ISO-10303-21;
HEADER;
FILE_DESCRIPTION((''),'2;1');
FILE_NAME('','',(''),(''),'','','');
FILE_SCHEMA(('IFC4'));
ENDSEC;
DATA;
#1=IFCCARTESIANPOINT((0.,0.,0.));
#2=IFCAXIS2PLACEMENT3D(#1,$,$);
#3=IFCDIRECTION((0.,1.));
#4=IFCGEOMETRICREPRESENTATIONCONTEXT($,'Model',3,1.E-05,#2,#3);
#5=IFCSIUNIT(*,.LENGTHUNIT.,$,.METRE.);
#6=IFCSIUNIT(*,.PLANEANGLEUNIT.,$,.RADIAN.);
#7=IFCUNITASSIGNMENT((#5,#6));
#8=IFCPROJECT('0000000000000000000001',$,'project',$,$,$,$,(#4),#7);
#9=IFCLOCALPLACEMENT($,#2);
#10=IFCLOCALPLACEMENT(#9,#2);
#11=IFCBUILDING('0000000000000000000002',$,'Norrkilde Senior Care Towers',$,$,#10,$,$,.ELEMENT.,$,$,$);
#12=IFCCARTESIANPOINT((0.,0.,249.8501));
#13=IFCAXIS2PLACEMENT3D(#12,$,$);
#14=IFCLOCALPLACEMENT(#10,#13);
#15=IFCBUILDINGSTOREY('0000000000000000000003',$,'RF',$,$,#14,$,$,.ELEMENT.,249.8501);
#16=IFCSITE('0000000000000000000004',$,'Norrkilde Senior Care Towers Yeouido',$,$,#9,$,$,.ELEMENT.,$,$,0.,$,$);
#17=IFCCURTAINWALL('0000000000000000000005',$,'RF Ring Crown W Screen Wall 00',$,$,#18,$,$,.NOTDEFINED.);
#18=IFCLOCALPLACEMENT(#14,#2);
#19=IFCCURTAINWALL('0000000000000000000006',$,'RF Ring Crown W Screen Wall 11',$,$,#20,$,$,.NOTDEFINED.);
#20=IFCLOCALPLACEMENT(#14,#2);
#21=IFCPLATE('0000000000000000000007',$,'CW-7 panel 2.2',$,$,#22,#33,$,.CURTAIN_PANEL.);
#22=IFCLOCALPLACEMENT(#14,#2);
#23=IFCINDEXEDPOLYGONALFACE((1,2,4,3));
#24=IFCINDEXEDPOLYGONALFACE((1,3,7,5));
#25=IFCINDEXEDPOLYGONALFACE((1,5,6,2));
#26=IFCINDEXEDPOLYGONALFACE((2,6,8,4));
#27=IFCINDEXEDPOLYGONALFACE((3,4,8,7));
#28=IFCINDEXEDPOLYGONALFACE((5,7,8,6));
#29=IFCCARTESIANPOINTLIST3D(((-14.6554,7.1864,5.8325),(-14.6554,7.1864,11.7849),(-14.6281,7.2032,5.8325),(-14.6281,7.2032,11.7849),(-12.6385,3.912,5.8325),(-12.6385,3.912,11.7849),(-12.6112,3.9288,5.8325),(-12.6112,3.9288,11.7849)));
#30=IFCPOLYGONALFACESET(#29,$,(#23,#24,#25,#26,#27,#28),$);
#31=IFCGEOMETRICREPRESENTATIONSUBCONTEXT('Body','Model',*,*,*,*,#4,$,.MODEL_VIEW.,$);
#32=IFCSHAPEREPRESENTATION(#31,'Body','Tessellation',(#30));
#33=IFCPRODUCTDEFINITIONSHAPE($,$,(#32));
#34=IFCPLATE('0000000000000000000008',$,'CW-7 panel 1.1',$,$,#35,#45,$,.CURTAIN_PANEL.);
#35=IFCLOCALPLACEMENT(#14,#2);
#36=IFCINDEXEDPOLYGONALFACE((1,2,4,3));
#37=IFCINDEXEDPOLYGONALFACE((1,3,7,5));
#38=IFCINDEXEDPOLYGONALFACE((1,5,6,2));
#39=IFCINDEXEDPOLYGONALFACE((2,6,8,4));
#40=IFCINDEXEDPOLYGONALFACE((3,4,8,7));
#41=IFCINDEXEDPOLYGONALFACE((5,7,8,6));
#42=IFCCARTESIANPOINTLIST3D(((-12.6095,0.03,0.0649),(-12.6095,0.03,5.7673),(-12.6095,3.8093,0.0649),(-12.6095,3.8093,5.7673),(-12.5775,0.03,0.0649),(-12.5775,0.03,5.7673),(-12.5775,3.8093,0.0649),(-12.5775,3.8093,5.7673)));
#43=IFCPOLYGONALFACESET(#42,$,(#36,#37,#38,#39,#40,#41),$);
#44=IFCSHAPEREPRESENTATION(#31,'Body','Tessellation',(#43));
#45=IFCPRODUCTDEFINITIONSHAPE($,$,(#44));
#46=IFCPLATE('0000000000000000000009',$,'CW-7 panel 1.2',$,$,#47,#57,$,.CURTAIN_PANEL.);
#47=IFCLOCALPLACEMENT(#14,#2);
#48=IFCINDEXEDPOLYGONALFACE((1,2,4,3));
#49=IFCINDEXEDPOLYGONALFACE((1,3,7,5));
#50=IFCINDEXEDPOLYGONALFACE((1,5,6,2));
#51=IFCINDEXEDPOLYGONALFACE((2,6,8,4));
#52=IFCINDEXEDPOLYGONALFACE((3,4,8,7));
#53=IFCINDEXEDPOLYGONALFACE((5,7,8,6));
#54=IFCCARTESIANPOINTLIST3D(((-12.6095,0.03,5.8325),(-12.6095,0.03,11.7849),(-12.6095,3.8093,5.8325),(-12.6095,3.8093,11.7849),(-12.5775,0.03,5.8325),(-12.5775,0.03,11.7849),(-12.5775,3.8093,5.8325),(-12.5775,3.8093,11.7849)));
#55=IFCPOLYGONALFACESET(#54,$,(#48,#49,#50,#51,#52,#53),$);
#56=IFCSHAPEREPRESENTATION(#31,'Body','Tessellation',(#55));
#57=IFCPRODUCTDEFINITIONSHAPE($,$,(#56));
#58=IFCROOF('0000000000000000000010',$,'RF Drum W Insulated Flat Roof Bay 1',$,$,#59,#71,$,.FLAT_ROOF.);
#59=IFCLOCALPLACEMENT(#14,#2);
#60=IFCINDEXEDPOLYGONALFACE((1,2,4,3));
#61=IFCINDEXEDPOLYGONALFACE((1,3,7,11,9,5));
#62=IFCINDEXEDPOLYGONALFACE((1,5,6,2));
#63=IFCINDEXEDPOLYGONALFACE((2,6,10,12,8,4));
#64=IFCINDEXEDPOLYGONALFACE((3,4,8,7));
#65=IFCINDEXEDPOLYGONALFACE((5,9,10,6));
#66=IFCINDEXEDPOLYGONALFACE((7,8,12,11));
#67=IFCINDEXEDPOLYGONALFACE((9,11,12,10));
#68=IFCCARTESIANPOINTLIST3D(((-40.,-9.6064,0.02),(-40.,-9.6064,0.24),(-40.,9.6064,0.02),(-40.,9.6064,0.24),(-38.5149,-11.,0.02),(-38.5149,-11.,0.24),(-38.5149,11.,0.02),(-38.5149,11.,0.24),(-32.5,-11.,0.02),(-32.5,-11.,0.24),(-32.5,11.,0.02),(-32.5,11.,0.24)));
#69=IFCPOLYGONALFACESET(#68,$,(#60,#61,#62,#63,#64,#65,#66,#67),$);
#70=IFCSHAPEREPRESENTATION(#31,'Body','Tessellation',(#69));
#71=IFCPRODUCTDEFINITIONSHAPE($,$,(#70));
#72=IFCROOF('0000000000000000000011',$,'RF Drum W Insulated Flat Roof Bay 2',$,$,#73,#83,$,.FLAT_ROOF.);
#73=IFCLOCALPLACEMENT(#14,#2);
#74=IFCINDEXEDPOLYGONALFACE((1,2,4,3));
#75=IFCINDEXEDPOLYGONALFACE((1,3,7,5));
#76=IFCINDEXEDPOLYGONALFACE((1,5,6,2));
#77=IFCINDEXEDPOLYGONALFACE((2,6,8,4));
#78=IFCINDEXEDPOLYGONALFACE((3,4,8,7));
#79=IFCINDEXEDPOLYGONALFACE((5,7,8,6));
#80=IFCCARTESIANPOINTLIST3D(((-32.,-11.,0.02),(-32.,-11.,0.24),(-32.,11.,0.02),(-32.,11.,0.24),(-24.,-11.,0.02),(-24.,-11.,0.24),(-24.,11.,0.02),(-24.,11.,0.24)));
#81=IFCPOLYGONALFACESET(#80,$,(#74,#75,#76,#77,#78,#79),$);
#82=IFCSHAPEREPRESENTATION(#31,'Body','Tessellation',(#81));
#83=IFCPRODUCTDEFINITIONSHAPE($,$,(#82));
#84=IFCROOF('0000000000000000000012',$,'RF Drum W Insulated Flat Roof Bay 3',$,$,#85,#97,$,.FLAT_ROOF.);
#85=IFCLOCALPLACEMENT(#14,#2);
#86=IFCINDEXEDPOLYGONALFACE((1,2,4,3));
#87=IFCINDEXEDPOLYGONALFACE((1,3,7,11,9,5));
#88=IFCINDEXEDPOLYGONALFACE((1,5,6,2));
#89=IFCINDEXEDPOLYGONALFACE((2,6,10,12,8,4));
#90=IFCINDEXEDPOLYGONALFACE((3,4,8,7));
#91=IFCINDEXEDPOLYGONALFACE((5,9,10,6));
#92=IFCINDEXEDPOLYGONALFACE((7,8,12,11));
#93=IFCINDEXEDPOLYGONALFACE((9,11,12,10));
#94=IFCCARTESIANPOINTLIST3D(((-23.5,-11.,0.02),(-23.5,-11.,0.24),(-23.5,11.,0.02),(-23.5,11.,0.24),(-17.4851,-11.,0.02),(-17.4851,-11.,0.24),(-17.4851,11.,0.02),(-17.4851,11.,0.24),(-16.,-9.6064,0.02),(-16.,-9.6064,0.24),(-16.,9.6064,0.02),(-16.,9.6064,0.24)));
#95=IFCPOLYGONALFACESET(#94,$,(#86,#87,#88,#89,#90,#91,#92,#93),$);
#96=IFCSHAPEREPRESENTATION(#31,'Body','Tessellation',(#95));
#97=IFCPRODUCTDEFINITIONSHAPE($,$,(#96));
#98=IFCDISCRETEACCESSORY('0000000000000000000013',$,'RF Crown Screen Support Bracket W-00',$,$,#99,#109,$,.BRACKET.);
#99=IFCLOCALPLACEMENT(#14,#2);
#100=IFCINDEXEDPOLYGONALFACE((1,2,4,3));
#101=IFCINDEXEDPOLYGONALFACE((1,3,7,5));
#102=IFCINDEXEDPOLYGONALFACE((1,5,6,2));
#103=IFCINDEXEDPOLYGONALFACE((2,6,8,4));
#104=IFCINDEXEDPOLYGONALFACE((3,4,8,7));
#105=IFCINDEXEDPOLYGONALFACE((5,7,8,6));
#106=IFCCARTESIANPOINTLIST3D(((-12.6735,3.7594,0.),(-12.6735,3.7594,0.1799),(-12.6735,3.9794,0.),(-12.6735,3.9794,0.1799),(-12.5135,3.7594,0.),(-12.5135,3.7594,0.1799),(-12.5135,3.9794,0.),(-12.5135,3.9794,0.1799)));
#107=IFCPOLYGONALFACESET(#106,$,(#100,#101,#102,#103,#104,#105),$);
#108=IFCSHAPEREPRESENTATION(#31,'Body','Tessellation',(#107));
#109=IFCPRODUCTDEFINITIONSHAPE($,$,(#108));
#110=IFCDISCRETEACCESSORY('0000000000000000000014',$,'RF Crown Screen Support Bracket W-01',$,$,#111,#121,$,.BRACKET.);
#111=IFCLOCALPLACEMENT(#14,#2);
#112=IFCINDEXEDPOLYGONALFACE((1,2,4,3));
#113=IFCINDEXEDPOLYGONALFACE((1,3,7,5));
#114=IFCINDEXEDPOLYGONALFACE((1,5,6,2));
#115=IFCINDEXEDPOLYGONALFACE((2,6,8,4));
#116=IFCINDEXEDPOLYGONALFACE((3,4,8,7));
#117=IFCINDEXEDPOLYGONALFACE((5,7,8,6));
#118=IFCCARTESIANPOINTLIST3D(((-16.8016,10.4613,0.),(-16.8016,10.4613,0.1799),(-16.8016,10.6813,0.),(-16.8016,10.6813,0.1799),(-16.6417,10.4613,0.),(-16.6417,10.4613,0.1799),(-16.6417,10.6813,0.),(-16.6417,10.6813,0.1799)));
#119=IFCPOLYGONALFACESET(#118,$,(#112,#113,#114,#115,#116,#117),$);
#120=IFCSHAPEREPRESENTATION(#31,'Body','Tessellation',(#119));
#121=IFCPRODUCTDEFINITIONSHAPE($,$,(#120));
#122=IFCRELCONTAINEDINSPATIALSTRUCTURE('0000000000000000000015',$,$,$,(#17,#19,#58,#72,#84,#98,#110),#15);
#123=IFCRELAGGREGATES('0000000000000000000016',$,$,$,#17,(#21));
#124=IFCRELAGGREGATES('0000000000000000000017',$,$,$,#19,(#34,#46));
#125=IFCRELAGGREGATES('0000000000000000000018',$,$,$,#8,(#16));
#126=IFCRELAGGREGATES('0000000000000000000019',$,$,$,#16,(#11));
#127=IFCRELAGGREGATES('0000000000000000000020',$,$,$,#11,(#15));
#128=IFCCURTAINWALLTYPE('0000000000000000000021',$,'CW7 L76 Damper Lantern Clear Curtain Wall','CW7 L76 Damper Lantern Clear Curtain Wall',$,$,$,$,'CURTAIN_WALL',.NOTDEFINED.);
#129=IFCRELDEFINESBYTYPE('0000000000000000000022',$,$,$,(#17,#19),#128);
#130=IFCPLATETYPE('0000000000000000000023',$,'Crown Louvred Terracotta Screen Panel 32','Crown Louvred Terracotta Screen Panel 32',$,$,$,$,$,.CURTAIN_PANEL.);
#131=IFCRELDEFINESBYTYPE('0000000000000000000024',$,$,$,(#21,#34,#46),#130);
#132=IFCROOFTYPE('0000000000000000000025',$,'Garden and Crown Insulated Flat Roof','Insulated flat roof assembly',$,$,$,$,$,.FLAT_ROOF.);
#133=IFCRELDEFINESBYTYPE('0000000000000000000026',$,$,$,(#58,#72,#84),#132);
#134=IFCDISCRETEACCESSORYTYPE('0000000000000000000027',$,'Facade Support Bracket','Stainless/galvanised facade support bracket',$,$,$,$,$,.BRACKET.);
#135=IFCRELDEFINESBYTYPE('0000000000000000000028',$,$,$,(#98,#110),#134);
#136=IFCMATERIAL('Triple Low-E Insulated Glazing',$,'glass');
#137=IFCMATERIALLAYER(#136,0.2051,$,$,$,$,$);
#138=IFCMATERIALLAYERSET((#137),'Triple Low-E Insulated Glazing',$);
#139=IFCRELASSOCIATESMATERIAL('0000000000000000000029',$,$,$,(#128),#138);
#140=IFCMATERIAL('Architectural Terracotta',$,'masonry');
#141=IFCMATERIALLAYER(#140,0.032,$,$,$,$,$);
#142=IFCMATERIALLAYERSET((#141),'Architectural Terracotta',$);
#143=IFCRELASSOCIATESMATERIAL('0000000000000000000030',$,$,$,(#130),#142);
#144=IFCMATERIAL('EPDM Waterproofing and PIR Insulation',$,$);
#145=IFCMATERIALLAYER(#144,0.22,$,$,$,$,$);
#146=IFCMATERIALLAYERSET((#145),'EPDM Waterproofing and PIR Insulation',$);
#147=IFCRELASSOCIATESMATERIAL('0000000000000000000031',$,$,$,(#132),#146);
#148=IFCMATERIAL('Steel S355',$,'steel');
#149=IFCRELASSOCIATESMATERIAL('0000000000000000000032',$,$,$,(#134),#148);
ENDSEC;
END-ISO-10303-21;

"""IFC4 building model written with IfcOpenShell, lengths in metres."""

from ifc_helpers import new_model, si_unit, direction, frame, origin, origin_2d, place, context, subcontext, project, spatial, polyline, rectangle, outline, extrude, source, transform, mapped, material, layer, layer_set, type_object, type_shapes, element, aggregate, save


model = new_model("IFC4")

# Units and contexts
model_context = context("Model", 3, precision=1e-05, world=origin(), true_north=direction((0.0, 1.0)))
body_context = subcontext(model_context, "Body", "Model", "MODEL_VIEW")
ifc_project = project(units=[si_unit("LENGTHUNIT", "METRE"), si_unit("PLANEANGLEUNIT", "RADIAN")], contexts=[model_context])

# Site, building, storey
site_placement = place(None, origin())
site = spatial("IfcSite", under=ifc_project, at=site_placement, Name="Norrkilde Senior Care Towers Yeouido", CompositionType="ELEMENT", RefElevation=0.0)
building_placement = place(site_placement, origin())
building = spatial("IfcBuilding", under=site, at=building_placement, Name="Norrkilde Senior Care Towers", CompositionType="ELEMENT")
storey_placement = place(building_placement, frame((0.0, 0.0, 249.8501)))
storey = spatial("IfcBuildingStorey", under=building, at=storey_placement, Name="RF", CompositionType="ELEMENT", Elevation=249.8501)

# Shared definitions
ifc_material_1 = material(Name="Steel S355", Category="steel")

# Curtain wall
ifc_material_2 = material(Name="Triple Low-E Insulated Glazing", Category="glass")
ifc_layer_1 = layer(ifc_material_2, 0.2051)
ifc_layer_set_1 = layer_set([ifc_layer_1], Name="Triple Low-E Insulated Glazing")
curtain_wall_type = type_object("IfcCurtainWallType", Name="CW7 L76 Damper Lantern Clear Curtain Wall", Description="CW7 L76 Damper Lantern Clear Curtain Wall", ElementType="CURTAIN_WALL", PredefinedType="NOTDEFINED", material=ifc_layer_set_1)
curtain_wall_1_placement = place(storey_placement, origin())
curtain_wall_1 = element("IfcCurtainWall", 1, at=curtain_wall_1_placement, inside=storey, type_object=curtain_wall_type, Name="RF Ring Crown W Screen Wall 00", PredefinedType="NOTDEFINED")

# Curtain wall
curtain_wall_2_placement = place(storey_placement, origin())
curtain_wall_2 = element("IfcCurtainWall", 2, at=curtain_wall_2_placement, inside=storey, type_object=curtain_wall_type, Name="RF Ring Crown W Screen Wall 11", PredefinedType="NOTDEFINED")

# Plates
ifc_material_3 = material(Name="Architectural Terracotta", Category="masonry")
ifc_layer_2 = layer(ifc_material_3, 0.032)
ifc_layer_set_2 = layer_set([ifc_layer_2], Name="Architectural Terracotta")
plate_type = type_object("IfcPlateType", Name="Crown Louvred Terracotta Screen Panel 32", Description="Crown Louvred Terracotta Screen Panel 32", PredefinedType="CURTAIN_PANEL", material=ifc_layer_set_2)
shared_shape_1 = source(origin(), body_context, "Body", "SweptSolid", [
    extrude(rectangle(XDim=3.8457, YDim=0.032, at=origin_2d()), origin(), (0.0, 0.0, 1.0), 5.9524),
])
plate_1_placement = place(storey_placement, frame((-13.6333, 5.5576, 5.8325), z_axis=(0.0, 0.0, 1.0), x_axis=(0.524458, -0.851436, 0.0)))
plate_1 = element("IfcPlate", 3, at=plate_1_placement, type_object=plate_type, Name="CW-7 panel 2.2", PredefinedType="CURTAIN_PANEL", context=body_context, shape_type="MappedRepresentation", body=[
    mapped(shared_shape_1, transform((0.0, 0.0, 0.0), x_axis=(1.0, 0.0, 0.0), y_axis=(0.0, 1.0, 0.0), z_axis=(0.0, 0.0, 1.0), scale=1.0)),
])
aggregate(curtain_wall_1, [plate_1])
shared_shape_2 = source(origin(), body_context, "Body", "SweptSolid", [
    extrude(rectangle(XDim=3.7793, YDim=0.032, at=origin_2d()), origin(), (0.0, 0.0, 1.0), 5.7024),
])
plate_2_placement = place(storey_placement, frame((-12.5935, 1.9197, 0.0649), z_axis=(0.0, 0.0, 1.0), x_axis=(0.0, -1.0, 0.0)))
plate_2 = element("IfcPlate", 4, at=plate_2_placement, type_object=plate_type, Name="CW-7 panel 1.1", PredefinedType="CURTAIN_PANEL", context=body_context, shape_type="MappedRepresentation", body=[
    mapped(shared_shape_2, transform((0.0, 0.0, 0.0), x_axis=(1.0, 0.0, 0.0), y_axis=(0.0, 1.0, 0.0), z_axis=(0.0, 0.0, 1.0), scale=1.0)),
])
shared_shape_3 = source(origin(), body_context, "Body", "SweptSolid", [
    extrude(rectangle(XDim=3.7793, YDim=0.032, at=origin_2d()), origin(), (0.0, 0.0, 1.0), 5.9524),
])
plate_3_placement = place(storey_placement, frame((-12.5935, 1.9197, 5.8325), z_axis=(0.0, 0.0, 1.0), x_axis=(0.0, -1.0, 0.0)))
plate_3 = element("IfcPlate", 5, at=plate_3_placement, type_object=plate_type, Name="CW-7 panel 1.2", PredefinedType="CURTAIN_PANEL", context=body_context, shape_type="MappedRepresentation", body=[
    mapped(shared_shape_3, transform((0.0, 0.0, 0.0), x_axis=(1.0, 0.0, 0.0), y_axis=(0.0, 1.0, 0.0), z_axis=(0.0, 0.0, 1.0), scale=1.0)),
])
aggregate(curtain_wall_2, [plate_2, plate_3])

# Roofs
ifc_material_4 = material(Name="EPDM Waterproofing and PIR Insulation")
ifc_layer_3 = layer(ifc_material_4, 0.22)
ifc_layer_set_3 = layer_set([ifc_layer_3], Name="EPDM Waterproofing and PIR Insulation")
roof_type = type_object("IfcRoofType", Name="Garden and Crown Insulated Flat Roof", Description="Insulated flat roof assembly", PredefinedType="FLAT_ROOF", material=ifc_layer_set_3)
roof_1_placement = place(storey_placement, frame((0.0, 0.0, 0.02)))
element("IfcRoof", 6, at=roof_1_placement, inside=storey, type_object=roof_type, Name="RF Drum W Insulated Flat Roof Bay 1", PredefinedType="FLAT_ROOF", context=body_context, shape_type="SweptSolid", body=[
    extrude(outline(polyline([(-40.0, -9.6064), (-40.0, 9.6064), (-38.5149, 11.0), (-32.5, 11.0), (-32.5, -11.0), (-38.5149, -11.0), (-40.0, -9.6064)])), origin(), (0.0, 0.0, 1.0), 0.22),
])
roof_2_placement = place(storey_placement, frame((0.0, 0.0, 0.02)))
element("IfcRoof", 7, at=roof_2_placement, inside=storey, type_object=roof_type, Name="RF Drum W Insulated Flat Roof Bay 2", PredefinedType="FLAT_ROOF", context=body_context, shape_type="SweptSolid", body=[
    extrude(outline(polyline([(-32.0, -11.0), (-32.0, 11.0), (-24.0, 11.0), (-24.0, -11.0), (-32.0, -11.0)])), origin(), (0.0, 0.0, 1.0), 0.22),
])
roof_3_placement = place(storey_placement, frame((0.0, 0.0, 0.02)))
element("IfcRoof", 8, at=roof_3_placement, inside=storey, type_object=roof_type, Name="RF Drum W Insulated Flat Roof Bay 3", PredefinedType="FLAT_ROOF", context=body_context, shape_type="SweptSolid", body=[
    extrude(outline(polyline([(-17.4851, -11.0), (-23.5, -11.0), (-23.5, 11.0), (-17.4851, 11.0), (-16.0, 9.6064), (-16.0, -9.6064), (-17.4851, -11.0)])), origin(), (0.0, 0.0, 1.0), 0.22),
])

# Discrete accessories
discrete_accessory_type = type_object("IfcDiscreteAccessoryType", Name="Facade Support Bracket", Description="Stainless/galvanised facade support bracket", PredefinedType="BRACKET", material=ifc_material_1)
shared_shape_4 = source(origin(), body_context, "Body", "SweptSolid", [
    extrude(rectangle(XDim=0.1599, YDim=0.22, at=origin_2d()), origin(), (0.0, 0.0, 1.0), 0.1799),
])
type_shapes(discrete_accessory_type, [shared_shape_4])
for number, where, z_axis, x_axis, name in (
    (9, (-12.5935, 3.8694, 0.0), (0.0, 0.0, 1.0), (1.0, 0.0, 0.0), "RF Crown Screen Support Bracket W-00"),
    (10, (-16.7217, 10.5713, 0.0), (0.0, 0.0, 1.0), (1.0, 0.0, 0.0), "RF Crown Screen Support Bracket W-01"),
):
    element("IfcDiscreteAccessory", number, at=place(storey_placement, frame(where, z_axis=z_axis, x_axis=x_axis)), inside=storey, type_object=discrete_accessory_type, Name=name, PredefinedType="BRACKET", context=body_context, shape_type="MappedRepresentation", body=[
        mapped(shared_shape_4, transform((0.0, 0.0, 0.0), x_axis=(1.0, 0.0, 0.0), y_axis=(0.0, 1.0, 0.0), z_axis=(0.0, 0.0, 1.0), scale=1.0)),
    ])

save(model, "model.ifc")
